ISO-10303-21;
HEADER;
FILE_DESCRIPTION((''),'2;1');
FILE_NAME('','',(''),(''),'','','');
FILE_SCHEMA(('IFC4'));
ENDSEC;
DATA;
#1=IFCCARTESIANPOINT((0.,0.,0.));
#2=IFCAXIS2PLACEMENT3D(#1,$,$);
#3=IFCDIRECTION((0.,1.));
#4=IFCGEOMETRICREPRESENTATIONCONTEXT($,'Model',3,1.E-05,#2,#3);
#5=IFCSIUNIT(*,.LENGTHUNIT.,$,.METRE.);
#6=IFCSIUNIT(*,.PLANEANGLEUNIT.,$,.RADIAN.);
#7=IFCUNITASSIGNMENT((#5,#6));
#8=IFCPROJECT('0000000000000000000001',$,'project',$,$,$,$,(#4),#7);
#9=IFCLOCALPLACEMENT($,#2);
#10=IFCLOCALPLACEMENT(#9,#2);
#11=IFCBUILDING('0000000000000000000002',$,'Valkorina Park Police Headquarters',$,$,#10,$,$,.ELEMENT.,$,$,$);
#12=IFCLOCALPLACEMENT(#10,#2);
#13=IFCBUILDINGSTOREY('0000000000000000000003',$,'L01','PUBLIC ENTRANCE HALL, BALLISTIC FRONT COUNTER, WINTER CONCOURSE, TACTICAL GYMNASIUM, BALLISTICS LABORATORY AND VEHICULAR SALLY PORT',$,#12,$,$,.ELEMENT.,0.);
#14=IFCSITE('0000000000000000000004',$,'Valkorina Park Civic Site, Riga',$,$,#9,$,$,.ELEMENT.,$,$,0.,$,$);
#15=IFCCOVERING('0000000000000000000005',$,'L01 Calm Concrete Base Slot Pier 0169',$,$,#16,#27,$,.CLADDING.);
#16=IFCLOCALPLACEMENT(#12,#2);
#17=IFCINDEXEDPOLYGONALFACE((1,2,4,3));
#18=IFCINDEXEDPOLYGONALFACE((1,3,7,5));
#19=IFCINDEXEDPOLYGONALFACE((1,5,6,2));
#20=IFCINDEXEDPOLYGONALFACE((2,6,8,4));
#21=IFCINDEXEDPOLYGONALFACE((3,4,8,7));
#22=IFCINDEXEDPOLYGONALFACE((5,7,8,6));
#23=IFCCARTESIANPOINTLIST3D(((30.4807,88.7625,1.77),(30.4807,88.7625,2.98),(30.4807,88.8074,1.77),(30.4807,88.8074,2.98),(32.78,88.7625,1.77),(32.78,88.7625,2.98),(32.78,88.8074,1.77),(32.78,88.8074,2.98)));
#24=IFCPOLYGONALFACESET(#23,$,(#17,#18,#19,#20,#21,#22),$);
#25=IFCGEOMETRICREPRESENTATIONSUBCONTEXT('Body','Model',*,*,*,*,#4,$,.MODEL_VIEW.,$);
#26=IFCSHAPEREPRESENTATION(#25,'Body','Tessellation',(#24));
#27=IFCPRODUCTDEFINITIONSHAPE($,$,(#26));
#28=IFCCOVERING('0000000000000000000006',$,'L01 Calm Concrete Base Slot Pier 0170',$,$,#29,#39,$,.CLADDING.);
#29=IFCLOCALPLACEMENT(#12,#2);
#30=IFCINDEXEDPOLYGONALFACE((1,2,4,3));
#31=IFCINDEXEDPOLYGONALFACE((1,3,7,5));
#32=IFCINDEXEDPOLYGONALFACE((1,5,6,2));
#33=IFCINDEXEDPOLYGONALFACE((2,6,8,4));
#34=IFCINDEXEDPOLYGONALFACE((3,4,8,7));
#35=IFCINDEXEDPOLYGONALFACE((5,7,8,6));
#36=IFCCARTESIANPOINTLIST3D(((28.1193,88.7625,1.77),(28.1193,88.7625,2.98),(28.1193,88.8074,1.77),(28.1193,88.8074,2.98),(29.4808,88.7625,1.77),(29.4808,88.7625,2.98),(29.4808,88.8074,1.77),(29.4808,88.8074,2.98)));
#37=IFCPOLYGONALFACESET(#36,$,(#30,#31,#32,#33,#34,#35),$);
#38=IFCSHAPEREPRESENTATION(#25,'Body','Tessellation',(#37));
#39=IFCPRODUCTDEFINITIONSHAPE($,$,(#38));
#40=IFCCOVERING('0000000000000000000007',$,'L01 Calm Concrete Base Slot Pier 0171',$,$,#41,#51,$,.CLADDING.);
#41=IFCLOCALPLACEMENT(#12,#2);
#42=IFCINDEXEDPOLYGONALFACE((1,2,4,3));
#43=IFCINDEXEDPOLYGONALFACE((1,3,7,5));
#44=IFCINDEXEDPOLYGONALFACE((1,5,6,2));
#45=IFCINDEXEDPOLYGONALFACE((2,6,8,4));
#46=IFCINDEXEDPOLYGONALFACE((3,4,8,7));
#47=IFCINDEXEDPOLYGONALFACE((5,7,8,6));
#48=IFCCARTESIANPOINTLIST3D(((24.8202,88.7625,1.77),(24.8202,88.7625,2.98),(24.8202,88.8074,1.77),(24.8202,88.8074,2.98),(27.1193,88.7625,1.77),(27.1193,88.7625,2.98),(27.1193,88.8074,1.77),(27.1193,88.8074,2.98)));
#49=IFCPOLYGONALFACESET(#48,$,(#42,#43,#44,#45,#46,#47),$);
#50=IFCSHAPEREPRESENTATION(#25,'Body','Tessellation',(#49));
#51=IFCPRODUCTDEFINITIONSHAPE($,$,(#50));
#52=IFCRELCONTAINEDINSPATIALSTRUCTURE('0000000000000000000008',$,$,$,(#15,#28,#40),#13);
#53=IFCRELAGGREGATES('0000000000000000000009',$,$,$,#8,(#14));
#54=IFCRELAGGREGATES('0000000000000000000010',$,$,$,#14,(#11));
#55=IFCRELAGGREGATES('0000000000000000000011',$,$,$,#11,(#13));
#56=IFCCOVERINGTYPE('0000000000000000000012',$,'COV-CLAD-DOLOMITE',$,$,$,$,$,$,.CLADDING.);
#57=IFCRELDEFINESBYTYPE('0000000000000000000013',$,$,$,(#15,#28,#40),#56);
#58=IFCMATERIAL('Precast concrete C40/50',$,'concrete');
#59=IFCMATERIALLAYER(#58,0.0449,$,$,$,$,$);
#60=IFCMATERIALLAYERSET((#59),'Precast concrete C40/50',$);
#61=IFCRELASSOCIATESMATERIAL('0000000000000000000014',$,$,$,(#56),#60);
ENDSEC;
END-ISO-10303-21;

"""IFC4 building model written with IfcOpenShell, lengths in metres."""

from ifc_helpers import new_model, si_unit, direction, frame, frame_2d, origin, place, context, subcontext, project, spatial, rectangle, extrude, material, layer, layer_set, type_object, element, save


model = new_model("IFC4")

# Units and contexts
model_context = context("Model", 3, precision=1e-05, world=origin(), true_north=direction((0.0, 1.0)))
body_context = subcontext(model_context, "Body", "Model", "MODEL_VIEW")
ifc_project = project(units=[si_unit("LENGTHUNIT", "METRE"), si_unit("PLANEANGLEUNIT", "RADIAN")], contexts=[model_context])

# Site, building, storey
site_placement = place(None, origin())
site = spatial("IfcSite", under=ifc_project, at=site_placement, Name="Valkorina Park Civic Site, Riga", CompositionType="ELEMENT", RefElevation=0.0)
building_placement = place(site_placement, origin())
building = spatial("IfcBuilding", under=site, at=building_placement, Name="Valkorina Park Police Headquarters", CompositionType="ELEMENT")
storey_placement = place(building_placement, origin())
storey = spatial("IfcBuildingStorey", under=building, at=storey_placement, Name="L01", Description="PUBLIC ENTRANCE HALL, BALLISTIC FRONT COUNTER, WINTER CONCOURSE, TACTICAL GYMNASIUM, BALLISTICS LABORATORY AND VEHICULAR SALLY PORT", CompositionType="ELEMENT", Elevation=0.0)

# Coverings
ifc_material_1 = material(Name="Precast concrete C40/50", Category="concrete")
ifc_layer = layer(ifc_material_1, 0.0449)
ifc_layer_set = layer_set([ifc_layer], Name="Precast concrete C40/50")
covering_type = type_object("IfcCoveringType", Name="COV-CLAD-DOLOMITE", PredefinedType="CLADDING", material=ifc_layer_set)
covering_1_placement = place(storey_placement, frame((32.78, 88.7849, 1.77), z_axis=(0.0, 0.0, 1.0), x_axis=(-1.0, 0.0, 0.0)))
element("IfcCovering", 1, at=covering_1_placement, inside=storey, type_object=covering_type, Name="L01 Calm Concrete Base Slot Pier 0169", PredefinedType="CLADDING", context=body_context, shape_type="SweptSolid", body=[
    extrude(rectangle(XDim=2.2993, YDim=0.0449, at=frame_2d((1.1497, 0.0))), origin(), (0.0, 0.0, 1.0), 1.21),
])
covering_2_placement = place(storey_placement, frame((29.4807, 88.7849, 1.77), z_axis=(0.0, 0.0, 1.0), x_axis=(-1.0, 0.0, 0.0)))
element("IfcCovering", 2, at=covering_2_placement, inside=storey, type_object=covering_type, Name="L01 Calm Concrete Base Slot Pier 0170", PredefinedType="CLADDING", context=body_context, shape_type="SweptSolid", body=[
    extrude(rectangle(XDim=1.3616, YDim=0.0449, at=frame_2d((0.6807, 0.0))), origin(), (0.0, 0.0, 1.0), 1.21),
])
covering_3_placement = place(storey_placement, frame((27.1191, 88.7849, 1.77), z_axis=(0.0, 0.0, 1.0), x_axis=(-1.0, 0.0, 0.0)))
element("IfcCovering", 3, at=covering_3_placement, inside=storey, type_object=covering_type, Name="L01 Calm Concrete Base Slot Pier 0171", PredefinedType="CLADDING", context=body_context, shape_type="SweptSolid", body=[
    extrude(rectangle(XDim=2.2991, YDim=0.0449, at=frame_2d((1.1494, 0.0))), origin(), (0.0, 0.0, 1.0), 1.21),
])

save(model, "model.ifc")
